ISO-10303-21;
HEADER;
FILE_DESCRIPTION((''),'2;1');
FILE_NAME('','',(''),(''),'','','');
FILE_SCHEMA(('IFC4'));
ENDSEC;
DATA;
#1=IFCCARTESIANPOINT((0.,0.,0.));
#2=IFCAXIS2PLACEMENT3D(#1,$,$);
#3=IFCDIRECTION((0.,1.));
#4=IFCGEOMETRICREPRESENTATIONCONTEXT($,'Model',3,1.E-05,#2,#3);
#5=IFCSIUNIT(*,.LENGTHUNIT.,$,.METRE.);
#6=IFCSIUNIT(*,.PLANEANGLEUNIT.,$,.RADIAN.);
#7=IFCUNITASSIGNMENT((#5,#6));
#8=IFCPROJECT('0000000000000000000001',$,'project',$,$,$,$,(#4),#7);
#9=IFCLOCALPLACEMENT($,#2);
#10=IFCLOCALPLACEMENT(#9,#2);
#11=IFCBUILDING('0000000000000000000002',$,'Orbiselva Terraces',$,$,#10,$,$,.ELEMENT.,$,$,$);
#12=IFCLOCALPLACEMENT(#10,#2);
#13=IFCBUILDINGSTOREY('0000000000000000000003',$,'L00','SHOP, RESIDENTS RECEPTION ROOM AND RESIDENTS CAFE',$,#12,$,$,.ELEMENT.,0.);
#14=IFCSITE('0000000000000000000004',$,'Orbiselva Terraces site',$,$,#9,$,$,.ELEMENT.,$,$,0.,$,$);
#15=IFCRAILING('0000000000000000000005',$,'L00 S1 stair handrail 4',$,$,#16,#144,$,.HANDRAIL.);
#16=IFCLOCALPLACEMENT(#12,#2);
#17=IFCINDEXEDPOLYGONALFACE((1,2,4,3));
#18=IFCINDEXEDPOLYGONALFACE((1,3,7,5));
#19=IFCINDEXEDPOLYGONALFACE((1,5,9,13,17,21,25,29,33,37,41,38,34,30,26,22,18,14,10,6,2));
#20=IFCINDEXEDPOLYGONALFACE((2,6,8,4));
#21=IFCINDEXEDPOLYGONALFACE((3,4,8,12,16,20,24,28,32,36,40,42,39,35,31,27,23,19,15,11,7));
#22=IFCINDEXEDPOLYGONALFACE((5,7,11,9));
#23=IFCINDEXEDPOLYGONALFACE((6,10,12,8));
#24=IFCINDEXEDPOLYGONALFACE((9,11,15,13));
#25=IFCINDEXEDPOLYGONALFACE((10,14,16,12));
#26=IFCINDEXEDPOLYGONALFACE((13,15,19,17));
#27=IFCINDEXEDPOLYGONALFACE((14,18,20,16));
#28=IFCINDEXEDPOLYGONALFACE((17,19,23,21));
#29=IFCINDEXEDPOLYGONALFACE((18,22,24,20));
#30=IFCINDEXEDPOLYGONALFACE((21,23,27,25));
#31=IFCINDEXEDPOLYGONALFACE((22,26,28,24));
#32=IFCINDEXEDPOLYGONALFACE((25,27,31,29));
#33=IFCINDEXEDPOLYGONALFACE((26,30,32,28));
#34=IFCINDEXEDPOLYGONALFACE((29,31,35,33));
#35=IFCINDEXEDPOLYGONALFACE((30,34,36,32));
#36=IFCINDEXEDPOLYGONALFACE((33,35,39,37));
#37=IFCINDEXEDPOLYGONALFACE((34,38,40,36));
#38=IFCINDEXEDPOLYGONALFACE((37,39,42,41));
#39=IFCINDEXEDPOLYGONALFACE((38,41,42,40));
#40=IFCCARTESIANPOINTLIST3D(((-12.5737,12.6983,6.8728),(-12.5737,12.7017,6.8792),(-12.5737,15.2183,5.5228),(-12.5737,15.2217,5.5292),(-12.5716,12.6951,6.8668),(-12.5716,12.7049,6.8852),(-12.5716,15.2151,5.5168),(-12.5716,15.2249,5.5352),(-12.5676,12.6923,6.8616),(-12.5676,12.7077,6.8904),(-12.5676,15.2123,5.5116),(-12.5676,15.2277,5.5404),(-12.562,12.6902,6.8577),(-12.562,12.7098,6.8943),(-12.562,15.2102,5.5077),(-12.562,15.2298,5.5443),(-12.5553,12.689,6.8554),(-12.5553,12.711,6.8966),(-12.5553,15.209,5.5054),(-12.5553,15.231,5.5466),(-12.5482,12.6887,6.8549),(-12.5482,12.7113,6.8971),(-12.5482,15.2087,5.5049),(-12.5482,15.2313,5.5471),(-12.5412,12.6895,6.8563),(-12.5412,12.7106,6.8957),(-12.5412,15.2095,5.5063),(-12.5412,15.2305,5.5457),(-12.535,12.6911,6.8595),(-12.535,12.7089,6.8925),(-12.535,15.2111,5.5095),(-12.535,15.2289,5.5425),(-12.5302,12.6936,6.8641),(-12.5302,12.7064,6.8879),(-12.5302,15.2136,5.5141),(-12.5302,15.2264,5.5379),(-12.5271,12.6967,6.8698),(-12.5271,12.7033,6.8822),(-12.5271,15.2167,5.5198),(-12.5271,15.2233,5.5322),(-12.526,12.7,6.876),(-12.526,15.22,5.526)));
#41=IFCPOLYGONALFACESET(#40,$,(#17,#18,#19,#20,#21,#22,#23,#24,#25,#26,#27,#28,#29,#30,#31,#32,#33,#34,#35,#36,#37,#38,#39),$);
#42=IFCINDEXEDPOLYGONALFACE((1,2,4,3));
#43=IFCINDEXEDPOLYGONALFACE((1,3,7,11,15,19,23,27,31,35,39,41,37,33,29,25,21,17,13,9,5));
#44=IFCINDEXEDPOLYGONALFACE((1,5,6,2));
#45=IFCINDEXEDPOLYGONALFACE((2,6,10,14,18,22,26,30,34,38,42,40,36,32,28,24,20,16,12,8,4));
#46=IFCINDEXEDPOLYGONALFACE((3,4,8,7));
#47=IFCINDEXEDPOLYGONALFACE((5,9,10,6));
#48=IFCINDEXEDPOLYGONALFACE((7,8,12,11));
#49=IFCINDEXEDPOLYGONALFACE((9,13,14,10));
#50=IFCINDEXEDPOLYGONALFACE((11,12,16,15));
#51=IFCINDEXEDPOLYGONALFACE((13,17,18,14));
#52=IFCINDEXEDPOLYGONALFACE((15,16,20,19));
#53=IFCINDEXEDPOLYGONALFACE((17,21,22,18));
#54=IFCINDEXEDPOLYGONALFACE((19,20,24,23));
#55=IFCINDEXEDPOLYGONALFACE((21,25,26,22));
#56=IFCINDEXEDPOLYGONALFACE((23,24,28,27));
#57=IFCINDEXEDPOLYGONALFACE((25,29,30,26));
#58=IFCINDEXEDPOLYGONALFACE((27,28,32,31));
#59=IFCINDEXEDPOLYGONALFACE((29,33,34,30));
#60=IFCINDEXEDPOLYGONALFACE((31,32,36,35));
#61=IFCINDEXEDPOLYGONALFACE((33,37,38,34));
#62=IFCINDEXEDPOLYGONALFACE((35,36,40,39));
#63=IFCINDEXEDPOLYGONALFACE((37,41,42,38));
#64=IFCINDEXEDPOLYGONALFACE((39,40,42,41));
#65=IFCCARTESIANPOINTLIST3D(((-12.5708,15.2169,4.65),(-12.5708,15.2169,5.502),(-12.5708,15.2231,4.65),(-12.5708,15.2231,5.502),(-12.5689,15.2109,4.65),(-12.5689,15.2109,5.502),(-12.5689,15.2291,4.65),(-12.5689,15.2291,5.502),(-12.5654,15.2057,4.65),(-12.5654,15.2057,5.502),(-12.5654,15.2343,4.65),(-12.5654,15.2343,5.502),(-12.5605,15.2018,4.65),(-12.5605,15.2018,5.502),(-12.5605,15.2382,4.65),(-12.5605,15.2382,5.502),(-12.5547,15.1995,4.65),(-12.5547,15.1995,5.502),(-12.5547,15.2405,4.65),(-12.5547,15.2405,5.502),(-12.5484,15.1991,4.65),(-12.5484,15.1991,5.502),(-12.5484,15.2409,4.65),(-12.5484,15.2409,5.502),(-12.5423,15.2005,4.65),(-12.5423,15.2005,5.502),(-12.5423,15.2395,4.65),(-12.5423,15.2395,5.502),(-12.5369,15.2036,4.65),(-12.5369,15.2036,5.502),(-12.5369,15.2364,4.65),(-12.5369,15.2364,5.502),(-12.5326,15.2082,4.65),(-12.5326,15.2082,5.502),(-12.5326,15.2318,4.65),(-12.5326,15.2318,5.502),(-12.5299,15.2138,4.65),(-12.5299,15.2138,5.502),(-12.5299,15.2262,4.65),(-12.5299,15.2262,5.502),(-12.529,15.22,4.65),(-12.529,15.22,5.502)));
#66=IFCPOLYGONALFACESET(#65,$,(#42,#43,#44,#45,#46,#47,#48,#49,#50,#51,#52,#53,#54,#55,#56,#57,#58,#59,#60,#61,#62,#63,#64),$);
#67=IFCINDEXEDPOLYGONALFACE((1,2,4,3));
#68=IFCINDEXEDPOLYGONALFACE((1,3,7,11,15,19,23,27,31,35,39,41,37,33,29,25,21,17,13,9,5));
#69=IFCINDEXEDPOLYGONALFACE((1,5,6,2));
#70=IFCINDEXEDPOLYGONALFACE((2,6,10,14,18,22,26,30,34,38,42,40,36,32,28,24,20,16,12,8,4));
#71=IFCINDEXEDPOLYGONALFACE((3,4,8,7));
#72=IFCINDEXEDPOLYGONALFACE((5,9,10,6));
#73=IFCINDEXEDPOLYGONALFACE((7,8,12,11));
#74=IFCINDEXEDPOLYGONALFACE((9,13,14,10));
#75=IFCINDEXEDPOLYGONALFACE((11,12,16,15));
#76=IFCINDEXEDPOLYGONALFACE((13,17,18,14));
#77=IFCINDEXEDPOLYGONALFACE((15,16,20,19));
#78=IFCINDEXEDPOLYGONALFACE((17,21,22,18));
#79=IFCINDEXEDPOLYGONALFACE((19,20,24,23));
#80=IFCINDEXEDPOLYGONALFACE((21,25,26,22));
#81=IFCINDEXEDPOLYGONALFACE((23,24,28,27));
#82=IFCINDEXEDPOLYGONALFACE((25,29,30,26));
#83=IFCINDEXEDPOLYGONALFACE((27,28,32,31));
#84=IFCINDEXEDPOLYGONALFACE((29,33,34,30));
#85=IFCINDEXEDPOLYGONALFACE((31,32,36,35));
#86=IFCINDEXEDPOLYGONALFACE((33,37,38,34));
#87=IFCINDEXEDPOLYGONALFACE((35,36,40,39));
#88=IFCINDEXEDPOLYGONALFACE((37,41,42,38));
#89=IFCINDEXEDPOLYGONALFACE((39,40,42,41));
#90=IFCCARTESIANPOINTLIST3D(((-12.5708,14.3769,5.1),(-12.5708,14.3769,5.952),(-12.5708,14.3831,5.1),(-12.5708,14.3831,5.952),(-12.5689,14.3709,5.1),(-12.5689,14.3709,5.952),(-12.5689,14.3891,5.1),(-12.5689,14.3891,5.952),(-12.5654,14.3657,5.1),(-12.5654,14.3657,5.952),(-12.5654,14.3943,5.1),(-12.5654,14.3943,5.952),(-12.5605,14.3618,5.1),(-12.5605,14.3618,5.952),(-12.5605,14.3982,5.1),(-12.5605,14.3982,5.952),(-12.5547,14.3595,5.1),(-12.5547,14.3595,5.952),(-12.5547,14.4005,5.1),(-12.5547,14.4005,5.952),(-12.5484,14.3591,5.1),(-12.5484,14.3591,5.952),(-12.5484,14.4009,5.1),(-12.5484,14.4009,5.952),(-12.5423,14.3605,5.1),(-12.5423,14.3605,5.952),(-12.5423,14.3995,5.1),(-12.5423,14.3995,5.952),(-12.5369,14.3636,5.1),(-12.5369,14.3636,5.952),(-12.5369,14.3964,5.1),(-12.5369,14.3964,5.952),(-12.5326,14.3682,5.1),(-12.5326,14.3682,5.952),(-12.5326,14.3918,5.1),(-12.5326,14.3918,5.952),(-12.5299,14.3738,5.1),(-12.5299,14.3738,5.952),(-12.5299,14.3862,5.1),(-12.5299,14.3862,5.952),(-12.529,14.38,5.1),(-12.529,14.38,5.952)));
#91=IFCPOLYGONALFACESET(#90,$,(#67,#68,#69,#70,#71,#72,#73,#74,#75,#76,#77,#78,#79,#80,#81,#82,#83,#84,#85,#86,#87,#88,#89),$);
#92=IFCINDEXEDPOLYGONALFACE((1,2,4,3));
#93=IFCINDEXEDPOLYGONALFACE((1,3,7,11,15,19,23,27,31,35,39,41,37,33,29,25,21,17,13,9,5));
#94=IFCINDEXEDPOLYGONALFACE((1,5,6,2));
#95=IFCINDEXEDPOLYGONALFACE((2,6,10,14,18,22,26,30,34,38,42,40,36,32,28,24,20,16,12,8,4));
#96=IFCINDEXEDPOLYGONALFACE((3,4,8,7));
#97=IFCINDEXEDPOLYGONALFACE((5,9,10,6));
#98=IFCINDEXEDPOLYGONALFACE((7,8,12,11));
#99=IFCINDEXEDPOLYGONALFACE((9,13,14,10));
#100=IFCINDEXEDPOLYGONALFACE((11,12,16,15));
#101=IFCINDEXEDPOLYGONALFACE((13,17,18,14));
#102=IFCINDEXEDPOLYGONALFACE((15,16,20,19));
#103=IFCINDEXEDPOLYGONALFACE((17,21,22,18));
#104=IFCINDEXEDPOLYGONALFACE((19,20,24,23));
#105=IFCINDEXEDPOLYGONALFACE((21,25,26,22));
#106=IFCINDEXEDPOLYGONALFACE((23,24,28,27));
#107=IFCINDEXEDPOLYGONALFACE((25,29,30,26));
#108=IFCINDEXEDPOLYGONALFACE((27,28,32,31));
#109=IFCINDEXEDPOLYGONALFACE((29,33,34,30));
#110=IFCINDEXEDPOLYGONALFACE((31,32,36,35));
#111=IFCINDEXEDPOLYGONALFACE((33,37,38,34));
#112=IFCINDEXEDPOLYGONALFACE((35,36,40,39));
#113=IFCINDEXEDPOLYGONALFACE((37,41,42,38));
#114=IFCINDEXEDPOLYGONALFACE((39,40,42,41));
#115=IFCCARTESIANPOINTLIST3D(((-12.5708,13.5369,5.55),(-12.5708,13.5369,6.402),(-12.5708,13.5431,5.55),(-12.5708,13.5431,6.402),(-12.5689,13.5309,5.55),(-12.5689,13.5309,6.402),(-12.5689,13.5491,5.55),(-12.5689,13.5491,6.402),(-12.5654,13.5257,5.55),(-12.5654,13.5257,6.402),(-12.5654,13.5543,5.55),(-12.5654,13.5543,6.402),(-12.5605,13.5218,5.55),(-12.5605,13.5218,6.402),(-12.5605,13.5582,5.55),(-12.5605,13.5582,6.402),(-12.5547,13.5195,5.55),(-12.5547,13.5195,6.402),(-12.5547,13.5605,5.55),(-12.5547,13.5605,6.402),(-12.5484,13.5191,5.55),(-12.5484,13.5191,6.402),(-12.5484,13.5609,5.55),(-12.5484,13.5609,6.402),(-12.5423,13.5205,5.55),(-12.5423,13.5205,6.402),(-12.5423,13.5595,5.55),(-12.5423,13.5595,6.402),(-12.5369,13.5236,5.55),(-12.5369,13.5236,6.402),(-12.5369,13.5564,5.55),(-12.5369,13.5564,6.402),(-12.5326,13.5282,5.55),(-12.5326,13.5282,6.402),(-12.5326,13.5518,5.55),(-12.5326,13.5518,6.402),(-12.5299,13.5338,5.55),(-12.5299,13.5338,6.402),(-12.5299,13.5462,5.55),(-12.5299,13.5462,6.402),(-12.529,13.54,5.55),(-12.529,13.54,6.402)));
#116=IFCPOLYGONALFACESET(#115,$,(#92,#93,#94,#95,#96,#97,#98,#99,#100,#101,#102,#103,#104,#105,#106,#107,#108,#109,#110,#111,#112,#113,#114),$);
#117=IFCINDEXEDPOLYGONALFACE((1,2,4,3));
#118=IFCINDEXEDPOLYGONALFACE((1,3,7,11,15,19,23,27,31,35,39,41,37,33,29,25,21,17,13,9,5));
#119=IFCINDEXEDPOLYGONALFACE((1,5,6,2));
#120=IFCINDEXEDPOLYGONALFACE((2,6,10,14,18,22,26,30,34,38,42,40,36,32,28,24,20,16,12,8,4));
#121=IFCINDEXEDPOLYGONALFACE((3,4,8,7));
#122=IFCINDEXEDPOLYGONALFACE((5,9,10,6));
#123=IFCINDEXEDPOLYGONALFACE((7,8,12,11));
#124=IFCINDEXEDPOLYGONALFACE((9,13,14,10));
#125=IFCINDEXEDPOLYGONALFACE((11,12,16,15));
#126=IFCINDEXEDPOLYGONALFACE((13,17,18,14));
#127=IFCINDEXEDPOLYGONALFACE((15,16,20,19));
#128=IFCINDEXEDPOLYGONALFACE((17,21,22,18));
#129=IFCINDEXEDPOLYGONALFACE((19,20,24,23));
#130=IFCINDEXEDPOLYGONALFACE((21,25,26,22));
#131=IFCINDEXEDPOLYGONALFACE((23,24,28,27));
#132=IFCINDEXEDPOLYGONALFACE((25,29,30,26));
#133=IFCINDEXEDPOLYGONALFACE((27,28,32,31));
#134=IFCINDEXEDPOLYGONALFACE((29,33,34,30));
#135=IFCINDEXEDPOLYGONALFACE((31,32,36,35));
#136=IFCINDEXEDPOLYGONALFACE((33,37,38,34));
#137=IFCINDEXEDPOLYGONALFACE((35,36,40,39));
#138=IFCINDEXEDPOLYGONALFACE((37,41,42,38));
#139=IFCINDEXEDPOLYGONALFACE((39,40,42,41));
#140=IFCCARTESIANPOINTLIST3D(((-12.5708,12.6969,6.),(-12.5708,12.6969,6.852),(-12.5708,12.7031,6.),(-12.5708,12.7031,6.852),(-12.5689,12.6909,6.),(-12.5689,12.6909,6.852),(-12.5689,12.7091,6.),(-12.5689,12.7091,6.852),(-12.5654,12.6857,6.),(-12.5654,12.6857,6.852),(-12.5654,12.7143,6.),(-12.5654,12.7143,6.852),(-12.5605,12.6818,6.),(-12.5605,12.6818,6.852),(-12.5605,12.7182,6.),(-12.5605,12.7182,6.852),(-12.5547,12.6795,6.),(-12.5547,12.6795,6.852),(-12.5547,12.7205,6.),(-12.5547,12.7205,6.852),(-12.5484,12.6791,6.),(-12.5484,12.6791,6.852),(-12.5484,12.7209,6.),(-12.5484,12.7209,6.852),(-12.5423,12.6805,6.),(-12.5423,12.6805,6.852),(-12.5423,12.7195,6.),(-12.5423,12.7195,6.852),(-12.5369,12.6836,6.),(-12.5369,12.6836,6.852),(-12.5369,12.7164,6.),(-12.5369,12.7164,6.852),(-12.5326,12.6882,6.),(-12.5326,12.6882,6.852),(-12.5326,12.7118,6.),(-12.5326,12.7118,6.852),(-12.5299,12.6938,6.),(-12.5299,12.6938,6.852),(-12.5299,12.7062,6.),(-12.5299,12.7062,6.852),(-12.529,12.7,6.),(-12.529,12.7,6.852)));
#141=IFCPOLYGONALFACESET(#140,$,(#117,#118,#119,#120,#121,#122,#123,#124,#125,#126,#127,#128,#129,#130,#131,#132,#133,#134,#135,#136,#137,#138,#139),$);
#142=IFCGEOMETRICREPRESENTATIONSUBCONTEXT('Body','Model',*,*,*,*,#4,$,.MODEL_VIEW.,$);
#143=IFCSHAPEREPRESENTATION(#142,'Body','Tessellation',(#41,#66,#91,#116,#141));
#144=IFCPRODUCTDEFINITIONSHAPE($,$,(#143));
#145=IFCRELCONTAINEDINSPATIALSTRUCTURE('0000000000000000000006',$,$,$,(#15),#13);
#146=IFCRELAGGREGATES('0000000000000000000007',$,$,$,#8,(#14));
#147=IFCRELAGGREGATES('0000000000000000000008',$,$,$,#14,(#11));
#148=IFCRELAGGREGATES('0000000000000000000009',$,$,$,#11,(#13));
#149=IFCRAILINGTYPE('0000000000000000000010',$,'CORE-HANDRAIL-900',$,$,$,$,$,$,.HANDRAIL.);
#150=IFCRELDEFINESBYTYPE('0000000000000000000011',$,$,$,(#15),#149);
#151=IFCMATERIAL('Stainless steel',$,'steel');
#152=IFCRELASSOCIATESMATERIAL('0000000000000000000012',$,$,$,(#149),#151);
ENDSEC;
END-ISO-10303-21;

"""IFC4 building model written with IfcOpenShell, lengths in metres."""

from ifc_helpers import new_model, si_unit, direction, frame, origin, origin_2d, place, context, subcontext, project, spatial, circle, extrude, material, type_object, element, save


model = new_model("IFC4")

# Units and contexts
model_context = context("Model", 3, precision=1e-05, world=origin(), true_north=direction((0.0, 1.0)))
body_context = subcontext(model_context, "Body", "Model", "MODEL_VIEW")
ifc_project = project(units=[si_unit("LENGTHUNIT", "METRE"), si_unit("PLANEANGLEUNIT", "RADIAN")], contexts=[model_context])

# Site, building, storey
site_placement = place(None, origin())
site = spatial("IfcSite", under=ifc_project, at=site_placement, Name="Orbiselva Terraces site", CompositionType="ELEMENT", RefElevation=0.0)
building_placement = place(site_placement, origin())
building = spatial("IfcBuilding", under=site, at=building_placement, Name="Orbiselva Terraces", CompositionType="ELEMENT")
storey_placement = place(building_placement, origin())
storey = spatial("IfcBuildingStorey", under=building, at=storey_placement, Name="L00", Description="SHOP, RESIDENTS RECEPTION ROOM AND RESIDENTS CAFE", CompositionType="ELEMENT", Elevation=0.0)

# Railing
ifc_material_1 = material(Name="Stainless steel", Category="steel")
railing_type_1 = type_object("IfcRailingType", Name="CORE-HANDRAIL-900", PredefinedType="HANDRAIL", material=ifc_material_1)
railing_1_placement = place(storey_placement, frame((-12.55, 15.22, 4.65)))
element("IfcRailing", 1, at=railing_1_placement, inside=storey, type_object=railing_type_1, Name="L00 S1 stair handrail 4", PredefinedType="HANDRAIL", context=body_context, shape_type="SweptSolid", body=[
    extrude(circle(Radius=0.024, at=origin_2d()), frame((0.0, 0.0, 0.876), z_axis=(0.0, -0.88148, 0.472221), x_axis=(1.0, 0.0, 0.0)), (0.0, 0.0, 1.0), 2.8588),
    extrude(circle(Radius=0.021, at=origin_2d()), origin(), (0.0, 0.0, 1.0), 0.852),
    extrude(circle(Radius=0.021, at=origin_2d()), frame((0.0, -0.84, 0.45)), (0.0, 0.0, 1.0), 0.852),
    extrude(circle(Radius=0.021, at=origin_2d()), frame((0.0, -1.68, 0.9)), (0.0, 0.0, 1.0), 0.852),
    extrude(circle(Radius=0.021, at=origin_2d()), frame((0.0, -2.52, 1.35)), (0.0, 0.0, 1.0), 0.852),
])

save(model, "model.ifc")
